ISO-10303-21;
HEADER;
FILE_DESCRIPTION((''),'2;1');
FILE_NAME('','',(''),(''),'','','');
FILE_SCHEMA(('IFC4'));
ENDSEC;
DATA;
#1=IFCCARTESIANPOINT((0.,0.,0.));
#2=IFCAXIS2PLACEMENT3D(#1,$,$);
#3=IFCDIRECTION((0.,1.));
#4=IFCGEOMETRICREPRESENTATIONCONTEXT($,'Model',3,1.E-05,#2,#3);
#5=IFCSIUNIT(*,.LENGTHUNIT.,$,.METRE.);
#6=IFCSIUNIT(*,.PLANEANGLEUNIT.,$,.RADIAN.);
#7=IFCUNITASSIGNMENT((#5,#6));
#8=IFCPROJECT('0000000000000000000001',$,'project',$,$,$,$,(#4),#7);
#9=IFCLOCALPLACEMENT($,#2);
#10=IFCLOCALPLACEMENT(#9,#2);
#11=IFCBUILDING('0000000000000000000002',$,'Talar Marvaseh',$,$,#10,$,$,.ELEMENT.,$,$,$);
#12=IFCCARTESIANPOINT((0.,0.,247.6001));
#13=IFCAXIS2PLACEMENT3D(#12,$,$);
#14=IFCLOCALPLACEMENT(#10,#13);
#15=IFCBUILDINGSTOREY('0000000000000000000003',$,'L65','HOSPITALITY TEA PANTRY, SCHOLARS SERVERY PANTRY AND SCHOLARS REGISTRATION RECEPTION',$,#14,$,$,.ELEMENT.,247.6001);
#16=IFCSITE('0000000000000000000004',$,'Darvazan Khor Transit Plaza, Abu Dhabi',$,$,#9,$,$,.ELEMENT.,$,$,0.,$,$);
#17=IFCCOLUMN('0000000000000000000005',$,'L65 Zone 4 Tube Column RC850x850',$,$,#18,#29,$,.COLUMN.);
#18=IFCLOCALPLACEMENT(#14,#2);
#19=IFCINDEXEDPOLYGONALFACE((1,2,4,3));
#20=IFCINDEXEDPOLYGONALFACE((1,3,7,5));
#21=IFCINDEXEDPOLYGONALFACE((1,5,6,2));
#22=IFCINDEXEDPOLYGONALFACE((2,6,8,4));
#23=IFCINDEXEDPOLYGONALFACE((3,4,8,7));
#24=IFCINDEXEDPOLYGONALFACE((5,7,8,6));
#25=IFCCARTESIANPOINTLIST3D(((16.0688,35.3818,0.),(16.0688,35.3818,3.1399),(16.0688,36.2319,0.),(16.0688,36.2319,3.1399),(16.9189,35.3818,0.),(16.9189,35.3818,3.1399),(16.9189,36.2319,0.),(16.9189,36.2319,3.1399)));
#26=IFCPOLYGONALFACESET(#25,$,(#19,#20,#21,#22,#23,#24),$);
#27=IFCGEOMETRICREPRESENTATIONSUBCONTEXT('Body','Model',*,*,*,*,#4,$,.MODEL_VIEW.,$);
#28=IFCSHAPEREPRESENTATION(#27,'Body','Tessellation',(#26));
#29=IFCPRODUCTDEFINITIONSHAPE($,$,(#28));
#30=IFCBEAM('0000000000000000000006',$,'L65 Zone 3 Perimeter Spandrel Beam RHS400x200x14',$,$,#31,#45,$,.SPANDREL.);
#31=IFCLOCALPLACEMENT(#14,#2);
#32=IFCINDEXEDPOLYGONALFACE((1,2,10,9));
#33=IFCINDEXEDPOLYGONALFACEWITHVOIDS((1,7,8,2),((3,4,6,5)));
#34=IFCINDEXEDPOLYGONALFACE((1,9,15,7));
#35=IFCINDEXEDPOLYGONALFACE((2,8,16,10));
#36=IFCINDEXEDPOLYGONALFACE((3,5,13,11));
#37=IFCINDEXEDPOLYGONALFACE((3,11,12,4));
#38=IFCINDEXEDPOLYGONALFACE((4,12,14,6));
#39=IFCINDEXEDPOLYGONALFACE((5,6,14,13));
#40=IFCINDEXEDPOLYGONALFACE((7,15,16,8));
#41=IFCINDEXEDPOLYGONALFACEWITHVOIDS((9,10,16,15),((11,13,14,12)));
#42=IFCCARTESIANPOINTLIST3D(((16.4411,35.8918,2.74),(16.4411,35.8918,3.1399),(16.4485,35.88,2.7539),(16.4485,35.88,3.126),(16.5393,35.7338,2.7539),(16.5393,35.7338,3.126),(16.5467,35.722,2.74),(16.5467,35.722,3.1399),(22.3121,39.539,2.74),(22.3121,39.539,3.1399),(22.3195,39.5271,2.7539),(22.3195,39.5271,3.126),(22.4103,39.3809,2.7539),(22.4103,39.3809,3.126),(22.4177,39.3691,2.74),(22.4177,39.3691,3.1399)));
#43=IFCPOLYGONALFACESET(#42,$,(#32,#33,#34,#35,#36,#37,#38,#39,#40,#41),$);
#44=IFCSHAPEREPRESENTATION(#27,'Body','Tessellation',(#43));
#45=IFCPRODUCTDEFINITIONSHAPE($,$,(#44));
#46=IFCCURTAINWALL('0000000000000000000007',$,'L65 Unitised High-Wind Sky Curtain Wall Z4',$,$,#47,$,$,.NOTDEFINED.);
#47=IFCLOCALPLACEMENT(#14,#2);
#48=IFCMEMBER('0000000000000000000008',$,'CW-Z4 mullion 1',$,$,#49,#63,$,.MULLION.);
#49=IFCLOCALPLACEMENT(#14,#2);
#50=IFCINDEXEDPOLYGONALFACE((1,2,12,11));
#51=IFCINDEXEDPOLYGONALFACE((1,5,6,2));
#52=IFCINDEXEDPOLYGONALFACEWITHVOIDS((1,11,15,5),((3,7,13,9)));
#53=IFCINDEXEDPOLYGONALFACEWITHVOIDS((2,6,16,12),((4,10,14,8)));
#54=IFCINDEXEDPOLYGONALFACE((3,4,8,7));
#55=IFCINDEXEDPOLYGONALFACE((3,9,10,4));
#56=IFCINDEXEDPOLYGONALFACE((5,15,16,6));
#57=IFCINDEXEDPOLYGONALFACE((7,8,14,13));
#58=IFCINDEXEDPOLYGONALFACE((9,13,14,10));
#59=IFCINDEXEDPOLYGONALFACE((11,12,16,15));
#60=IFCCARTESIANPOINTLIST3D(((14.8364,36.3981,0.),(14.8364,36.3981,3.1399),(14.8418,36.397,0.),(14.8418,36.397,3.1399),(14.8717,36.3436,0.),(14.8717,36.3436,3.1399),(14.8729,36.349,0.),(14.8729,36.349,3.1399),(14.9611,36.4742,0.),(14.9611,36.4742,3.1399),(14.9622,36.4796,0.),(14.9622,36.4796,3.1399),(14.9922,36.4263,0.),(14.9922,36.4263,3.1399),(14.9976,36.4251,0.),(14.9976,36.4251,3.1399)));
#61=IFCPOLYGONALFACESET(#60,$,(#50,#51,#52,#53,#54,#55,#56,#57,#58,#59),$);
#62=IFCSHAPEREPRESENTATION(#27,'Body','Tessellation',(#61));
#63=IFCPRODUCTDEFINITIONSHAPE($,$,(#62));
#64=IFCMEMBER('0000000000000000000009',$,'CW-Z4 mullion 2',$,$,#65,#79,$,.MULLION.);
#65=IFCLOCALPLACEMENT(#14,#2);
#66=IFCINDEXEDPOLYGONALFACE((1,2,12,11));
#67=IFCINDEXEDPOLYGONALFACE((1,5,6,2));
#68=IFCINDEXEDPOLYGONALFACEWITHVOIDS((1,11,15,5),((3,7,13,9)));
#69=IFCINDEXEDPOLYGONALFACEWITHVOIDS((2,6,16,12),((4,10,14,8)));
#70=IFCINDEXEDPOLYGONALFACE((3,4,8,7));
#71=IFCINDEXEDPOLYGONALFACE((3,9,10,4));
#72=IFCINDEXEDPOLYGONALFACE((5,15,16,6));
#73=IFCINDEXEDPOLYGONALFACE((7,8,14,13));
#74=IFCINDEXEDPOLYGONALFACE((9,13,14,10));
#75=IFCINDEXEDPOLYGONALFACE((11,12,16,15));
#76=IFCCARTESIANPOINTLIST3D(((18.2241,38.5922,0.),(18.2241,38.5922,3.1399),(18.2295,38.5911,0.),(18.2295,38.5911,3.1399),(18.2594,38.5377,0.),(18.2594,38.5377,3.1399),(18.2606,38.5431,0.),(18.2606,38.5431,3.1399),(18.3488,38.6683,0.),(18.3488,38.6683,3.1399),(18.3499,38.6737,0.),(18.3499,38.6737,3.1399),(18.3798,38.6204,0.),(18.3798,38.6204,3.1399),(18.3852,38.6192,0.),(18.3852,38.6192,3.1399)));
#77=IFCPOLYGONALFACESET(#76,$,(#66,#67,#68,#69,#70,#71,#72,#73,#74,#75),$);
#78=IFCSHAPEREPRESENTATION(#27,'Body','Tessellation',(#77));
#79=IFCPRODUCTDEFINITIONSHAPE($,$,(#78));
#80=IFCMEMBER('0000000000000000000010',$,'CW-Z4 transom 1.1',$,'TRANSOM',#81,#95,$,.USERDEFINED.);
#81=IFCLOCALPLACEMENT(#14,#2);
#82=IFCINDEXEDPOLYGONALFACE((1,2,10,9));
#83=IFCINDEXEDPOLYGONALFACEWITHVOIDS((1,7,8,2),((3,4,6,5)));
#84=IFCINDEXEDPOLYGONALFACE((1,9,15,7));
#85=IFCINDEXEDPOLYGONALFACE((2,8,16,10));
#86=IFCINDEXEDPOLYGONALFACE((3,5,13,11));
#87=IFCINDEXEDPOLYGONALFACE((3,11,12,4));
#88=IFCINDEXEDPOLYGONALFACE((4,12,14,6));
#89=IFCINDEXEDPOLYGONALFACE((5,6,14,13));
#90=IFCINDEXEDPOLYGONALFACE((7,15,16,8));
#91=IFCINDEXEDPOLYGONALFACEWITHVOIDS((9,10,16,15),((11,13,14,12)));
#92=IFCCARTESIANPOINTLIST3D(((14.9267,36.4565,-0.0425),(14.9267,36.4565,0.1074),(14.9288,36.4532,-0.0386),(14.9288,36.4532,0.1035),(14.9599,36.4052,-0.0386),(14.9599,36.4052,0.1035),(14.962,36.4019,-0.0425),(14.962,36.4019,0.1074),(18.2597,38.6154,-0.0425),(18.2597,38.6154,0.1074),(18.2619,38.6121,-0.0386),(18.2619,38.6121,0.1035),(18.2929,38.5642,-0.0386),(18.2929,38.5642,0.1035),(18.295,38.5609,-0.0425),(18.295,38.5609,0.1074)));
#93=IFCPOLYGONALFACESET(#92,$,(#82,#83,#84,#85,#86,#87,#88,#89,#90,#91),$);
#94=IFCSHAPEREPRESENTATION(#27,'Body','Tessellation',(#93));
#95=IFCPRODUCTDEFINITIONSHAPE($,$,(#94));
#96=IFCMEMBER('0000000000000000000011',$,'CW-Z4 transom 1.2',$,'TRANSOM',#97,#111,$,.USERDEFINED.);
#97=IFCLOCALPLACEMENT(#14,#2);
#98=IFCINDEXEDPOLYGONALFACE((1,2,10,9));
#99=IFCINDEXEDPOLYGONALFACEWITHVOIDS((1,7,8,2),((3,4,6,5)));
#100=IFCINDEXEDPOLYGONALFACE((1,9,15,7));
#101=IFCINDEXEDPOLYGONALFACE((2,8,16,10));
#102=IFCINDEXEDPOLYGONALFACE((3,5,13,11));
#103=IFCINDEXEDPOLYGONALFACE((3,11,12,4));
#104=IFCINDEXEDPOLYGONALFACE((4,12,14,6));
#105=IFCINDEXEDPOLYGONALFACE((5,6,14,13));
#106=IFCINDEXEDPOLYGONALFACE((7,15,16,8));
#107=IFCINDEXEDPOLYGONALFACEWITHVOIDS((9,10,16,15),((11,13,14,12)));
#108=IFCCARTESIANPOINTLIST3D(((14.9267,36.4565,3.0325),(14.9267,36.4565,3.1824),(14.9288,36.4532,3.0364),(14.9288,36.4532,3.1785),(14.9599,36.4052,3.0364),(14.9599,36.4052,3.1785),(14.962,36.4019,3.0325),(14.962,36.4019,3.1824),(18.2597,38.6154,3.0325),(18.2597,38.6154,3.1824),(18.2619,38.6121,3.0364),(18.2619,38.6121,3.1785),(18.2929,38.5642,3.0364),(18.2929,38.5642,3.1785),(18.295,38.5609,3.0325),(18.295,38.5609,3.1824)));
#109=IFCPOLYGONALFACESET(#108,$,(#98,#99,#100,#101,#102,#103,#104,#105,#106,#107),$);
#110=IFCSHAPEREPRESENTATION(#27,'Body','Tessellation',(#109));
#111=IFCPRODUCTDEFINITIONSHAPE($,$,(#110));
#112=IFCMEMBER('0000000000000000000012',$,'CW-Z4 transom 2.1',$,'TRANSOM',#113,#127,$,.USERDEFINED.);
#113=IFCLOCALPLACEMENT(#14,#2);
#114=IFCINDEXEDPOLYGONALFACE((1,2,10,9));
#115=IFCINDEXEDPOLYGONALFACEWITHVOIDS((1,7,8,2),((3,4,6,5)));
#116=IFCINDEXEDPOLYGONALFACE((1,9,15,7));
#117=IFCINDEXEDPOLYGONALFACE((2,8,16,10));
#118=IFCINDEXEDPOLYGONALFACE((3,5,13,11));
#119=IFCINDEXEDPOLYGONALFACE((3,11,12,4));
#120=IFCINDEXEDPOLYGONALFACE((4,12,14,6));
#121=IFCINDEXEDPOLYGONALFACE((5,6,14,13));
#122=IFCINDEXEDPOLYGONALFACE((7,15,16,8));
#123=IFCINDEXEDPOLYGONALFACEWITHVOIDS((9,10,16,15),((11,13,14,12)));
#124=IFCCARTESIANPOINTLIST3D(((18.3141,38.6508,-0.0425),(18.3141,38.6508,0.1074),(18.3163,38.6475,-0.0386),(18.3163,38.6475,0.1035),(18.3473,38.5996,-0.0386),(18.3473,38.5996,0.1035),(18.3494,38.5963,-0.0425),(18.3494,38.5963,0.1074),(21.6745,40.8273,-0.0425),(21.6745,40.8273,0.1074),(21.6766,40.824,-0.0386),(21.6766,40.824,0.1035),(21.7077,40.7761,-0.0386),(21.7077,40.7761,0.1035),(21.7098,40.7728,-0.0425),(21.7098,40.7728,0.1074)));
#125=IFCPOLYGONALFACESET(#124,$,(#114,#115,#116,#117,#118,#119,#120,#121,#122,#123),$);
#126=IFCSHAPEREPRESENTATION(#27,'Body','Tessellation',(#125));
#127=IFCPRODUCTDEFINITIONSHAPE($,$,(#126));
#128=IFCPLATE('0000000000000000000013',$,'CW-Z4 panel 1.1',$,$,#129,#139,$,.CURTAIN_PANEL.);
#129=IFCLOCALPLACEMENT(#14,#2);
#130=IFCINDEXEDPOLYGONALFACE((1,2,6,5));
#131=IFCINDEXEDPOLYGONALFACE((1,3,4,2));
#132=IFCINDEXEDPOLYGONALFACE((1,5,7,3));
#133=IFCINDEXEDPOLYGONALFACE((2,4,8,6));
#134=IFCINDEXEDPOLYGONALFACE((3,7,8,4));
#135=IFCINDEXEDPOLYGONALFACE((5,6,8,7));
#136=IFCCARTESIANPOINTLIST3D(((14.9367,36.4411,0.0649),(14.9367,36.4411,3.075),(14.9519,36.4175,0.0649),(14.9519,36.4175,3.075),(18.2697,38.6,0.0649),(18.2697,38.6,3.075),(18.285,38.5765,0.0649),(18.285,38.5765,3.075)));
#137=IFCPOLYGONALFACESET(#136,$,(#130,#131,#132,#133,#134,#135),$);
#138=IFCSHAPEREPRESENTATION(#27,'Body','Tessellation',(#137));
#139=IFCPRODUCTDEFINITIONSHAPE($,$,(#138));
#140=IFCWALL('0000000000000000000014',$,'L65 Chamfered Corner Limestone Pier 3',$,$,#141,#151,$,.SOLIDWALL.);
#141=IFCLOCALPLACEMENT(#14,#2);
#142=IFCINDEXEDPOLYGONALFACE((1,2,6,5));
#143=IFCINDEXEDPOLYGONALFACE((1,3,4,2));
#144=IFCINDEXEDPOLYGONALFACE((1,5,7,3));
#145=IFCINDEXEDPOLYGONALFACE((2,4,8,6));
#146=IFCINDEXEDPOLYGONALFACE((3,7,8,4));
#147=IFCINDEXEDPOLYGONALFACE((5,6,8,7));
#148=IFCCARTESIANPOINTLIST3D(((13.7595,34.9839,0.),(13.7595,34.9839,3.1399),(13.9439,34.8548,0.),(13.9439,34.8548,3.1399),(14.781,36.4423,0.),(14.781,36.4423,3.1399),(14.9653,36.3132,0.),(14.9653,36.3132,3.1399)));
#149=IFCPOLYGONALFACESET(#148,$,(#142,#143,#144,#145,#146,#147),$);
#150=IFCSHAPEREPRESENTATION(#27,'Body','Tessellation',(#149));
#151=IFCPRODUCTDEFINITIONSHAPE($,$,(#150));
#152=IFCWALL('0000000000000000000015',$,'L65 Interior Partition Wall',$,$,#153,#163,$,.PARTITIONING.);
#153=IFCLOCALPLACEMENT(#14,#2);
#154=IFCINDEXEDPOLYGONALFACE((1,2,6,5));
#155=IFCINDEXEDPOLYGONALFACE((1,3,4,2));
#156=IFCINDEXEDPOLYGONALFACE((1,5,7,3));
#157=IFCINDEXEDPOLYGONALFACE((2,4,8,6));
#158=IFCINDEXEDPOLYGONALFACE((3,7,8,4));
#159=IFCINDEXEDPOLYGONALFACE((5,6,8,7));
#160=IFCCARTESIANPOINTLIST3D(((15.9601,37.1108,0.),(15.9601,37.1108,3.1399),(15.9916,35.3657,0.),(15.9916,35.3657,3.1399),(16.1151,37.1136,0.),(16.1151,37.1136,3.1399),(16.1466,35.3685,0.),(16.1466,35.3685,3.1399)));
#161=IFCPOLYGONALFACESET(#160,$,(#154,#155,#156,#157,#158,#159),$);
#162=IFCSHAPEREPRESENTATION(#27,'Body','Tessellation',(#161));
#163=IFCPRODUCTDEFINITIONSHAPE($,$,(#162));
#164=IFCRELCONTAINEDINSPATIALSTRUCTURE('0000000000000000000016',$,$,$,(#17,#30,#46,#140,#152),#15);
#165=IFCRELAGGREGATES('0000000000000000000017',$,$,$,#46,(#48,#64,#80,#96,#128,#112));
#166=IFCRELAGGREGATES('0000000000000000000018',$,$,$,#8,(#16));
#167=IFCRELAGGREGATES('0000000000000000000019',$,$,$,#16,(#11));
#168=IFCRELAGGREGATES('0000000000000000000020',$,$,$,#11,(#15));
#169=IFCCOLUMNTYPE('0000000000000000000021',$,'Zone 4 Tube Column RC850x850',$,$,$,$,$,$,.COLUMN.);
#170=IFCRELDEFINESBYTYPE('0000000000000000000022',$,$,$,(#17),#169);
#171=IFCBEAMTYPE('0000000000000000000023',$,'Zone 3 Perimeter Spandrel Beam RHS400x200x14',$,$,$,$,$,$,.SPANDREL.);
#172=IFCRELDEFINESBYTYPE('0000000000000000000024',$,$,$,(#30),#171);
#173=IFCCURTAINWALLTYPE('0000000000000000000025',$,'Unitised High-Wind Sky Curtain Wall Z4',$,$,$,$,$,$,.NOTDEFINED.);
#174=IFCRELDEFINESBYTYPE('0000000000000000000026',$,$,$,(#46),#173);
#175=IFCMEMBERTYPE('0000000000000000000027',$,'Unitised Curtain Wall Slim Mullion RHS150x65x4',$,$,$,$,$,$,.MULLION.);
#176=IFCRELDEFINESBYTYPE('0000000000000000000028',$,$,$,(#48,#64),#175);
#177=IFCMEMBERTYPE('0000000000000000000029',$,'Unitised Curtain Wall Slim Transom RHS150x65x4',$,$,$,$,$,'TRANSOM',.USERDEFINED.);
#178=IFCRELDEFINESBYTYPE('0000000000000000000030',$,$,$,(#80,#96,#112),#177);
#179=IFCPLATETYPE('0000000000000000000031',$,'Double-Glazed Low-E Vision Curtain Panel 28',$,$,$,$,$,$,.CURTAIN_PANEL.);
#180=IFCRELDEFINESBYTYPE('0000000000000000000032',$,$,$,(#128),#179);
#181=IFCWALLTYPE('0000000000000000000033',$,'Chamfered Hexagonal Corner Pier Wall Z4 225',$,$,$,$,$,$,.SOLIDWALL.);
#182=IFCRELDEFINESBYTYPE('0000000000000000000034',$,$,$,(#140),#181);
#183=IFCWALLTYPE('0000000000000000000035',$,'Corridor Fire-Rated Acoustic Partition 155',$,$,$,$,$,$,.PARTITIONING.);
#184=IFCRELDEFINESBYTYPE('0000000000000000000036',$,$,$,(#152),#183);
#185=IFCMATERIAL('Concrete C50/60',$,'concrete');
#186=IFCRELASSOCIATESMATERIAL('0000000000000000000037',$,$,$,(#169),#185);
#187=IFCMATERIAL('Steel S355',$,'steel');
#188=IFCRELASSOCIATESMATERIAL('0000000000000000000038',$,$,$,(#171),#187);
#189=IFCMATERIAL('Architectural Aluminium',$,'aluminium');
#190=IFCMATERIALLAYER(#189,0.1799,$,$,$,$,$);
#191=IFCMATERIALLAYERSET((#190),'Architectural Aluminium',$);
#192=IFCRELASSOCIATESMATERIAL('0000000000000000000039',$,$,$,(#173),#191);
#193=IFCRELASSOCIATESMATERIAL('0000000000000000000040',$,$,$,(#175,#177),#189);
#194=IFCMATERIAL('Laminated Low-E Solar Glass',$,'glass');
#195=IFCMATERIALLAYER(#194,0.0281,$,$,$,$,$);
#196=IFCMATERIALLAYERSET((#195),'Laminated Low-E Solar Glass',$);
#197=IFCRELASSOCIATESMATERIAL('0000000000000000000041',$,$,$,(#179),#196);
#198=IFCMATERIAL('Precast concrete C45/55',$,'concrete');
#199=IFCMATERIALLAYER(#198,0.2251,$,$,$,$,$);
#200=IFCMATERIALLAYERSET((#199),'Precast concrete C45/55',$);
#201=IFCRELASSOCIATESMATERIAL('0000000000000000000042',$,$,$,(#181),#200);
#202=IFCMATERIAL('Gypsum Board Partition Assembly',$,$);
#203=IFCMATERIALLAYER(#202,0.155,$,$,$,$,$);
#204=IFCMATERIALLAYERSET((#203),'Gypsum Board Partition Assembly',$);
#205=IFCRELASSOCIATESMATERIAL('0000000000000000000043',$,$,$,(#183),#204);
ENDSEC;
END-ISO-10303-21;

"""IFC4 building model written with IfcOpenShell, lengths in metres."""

from ifc_helpers import new_model, si_unit, direction, frame, frame_2d, origin, origin_2d, place, context, subcontext, project, spatial, rectangle, hollow_rectangle, extrude, source, transform, mapped, material, layer, layer_set, material_profile, profile_set, type_object, type_shapes, element, aggregate, save


model = new_model("IFC4")

# Units and contexts
model_context = context("Model", 3, precision=1e-05, world=origin(), true_north=direction((0.0, 1.0)))
body_context = subcontext(model_context, "Body", "Model", "MODEL_VIEW")
ifc_project = project(units=[si_unit("LENGTHUNIT", "METRE"), si_unit("PLANEANGLEUNIT", "RADIAN")], contexts=[model_context])

# Site, building, storey
site_placement = place(None, origin())
site = spatial("IfcSite", under=ifc_project, at=site_placement, Name="Darvazan Khor Transit Plaza, Abu Dhabi", CompositionType="ELEMENT", RefElevation=0.0)
building_placement = place(site_placement, origin())
building = spatial("IfcBuilding", under=site, at=building_placement, Name="Talar Marvaseh", CompositionType="ELEMENT")
storey_placement = place(building_placement, frame((0.0, 0.0, 247.6001)))
storey = spatial("IfcBuildingStorey", under=building, at=storey_placement, Name="L65", Description="HOSPITALITY TEA PANTRY, SCHOLARS SERVERY PANTRY AND SCHOLARS REGISTRATION RECEPTION", CompositionType="ELEMENT", Elevation=247.6001)

# Column
ifc_material_1 = material(Name="Concrete C50/60", Category="concrete")
ifc_material_profile_1 = material_profile(ifc_material_1, rectangle(XDim=0.8501, YDim=0.8501, at=origin_2d()), Name="RC850x850")
ifc_profile_set_1 = profile_set([ifc_material_profile_1], Name="Concrete C50/60")
column_type = type_object("IfcColumnType", Name="Zone 4 Tube Column RC850x850", PredefinedType="COLUMN", material=ifc_profile_set_1)
column_placement = place(storey_placement, frame((16.4939, 35.8069, 0.0), z_axis=(0.0, 0.0, 1.0), x_axis=(1.0, 0.0, 0.0)))
element("IfcColumn", 1, at=column_placement, inside=storey, type_object=column_type, Name="L65 Zone 4 Tube Column RC850x850", PredefinedType="COLUMN", context=body_context, shape_type="SweptSolid", body=[
    extrude(rectangle(XDim=0.8501, YDim=0.8501, at=origin_2d()), origin(), (0.0, 0.0, 1.0), 3.1399),
])

# Beam
ifc_material_2 = material(Name="Steel S355", Category="steel")
ifc_material_profile_2 = material_profile(ifc_material_2, hollow_rectangle(XDim=0.2, YDim=0.3999, WallThickness=0.0139, at=origin_2d()), Name="RHS400x200x14")
ifc_profile_set_2 = profile_set([ifc_material_profile_2], Name="Steel S355")
beam_type = type_object("IfcBeamType", Name="Zone 3 Perimeter Spandrel Beam RHS400x200x14", PredefinedType="SPANDREL", material=ifc_profile_set_2)
beam_placement = place(storey_placement, frame((16.4939, 35.8069, 2.9399), z_axis=(0.84944, 0.527686, 0.0), x_axis=(-0.527686, 0.84944, 0.0)))
element("IfcBeam", 2, at=beam_placement, inside=storey, type_object=beam_type, Name="L65 Zone 3 Perimeter Spandrel Beam RHS400x200x14", PredefinedType="SPANDREL", context=body_context, shape_type="SweptSolid", body=[
    extrude(hollow_rectangle(XDim=0.2, YDim=0.3999, WallThickness=0.0139, at=origin_2d()), origin(), (0.0, 0.0, 1.0), 6.9116),
])

# Curtain wall, members, plate
ifc_material_3 = material(Name="Architectural Aluminium", Category="aluminium")
ifc_layer_1 = layer(ifc_material_3, 0.1799)
ifc_layer_set_1 = layer_set([ifc_layer_1], Name="Architectural Aluminium")
curtain_wall_type = type_object("IfcCurtainWallType", Name="Unitised High-Wind Sky Curtain Wall Z4", PredefinedType="NOTDEFINED", material=ifc_layer_set_1)
curtain_wall_placement = place(storey_placement, origin())
curtain_wall = element("IfcCurtainWall", 3, at=curtain_wall_placement, inside=storey, type_object=curtain_wall_type, Name="L65 Unitised High-Wind Sky Curtain Wall Z4", PredefinedType="NOTDEFINED")
ifc_material_profile_3 = material_profile(ifc_material_3, hollow_rectangle(XDim=0.0649, YDim=0.1499, WallThickness=0.0039, at=origin_2d()), Name="RHS150x65x4")
ifc_profile_set_3 = profile_set([ifc_material_profile_3], Name="Architectural Aluminium")
member_type_1 = type_object("IfcMemberType", Name="Unitised Curtain Wall Slim Mullion RHS150x65x4", PredefinedType="MULLION", material=ifc_profile_set_3)
shared_shape_1 = source(origin(), body_context, "Body", "SweptSolid", [
    extrude(hollow_rectangle(XDim=0.0649, YDim=0.1499, WallThickness=0.0039, at=origin_2d()), origin(), (0.0, 0.0, 1.0), 3.1399),
])
type_shapes(member_type_1, [shared_shape_1])
member_1_placement = place(storey_placement, frame((14.917, 36.4116, 0.0), z_axis=(0.0, 0.0, 1.0), x_axis=(-0.543646, 0.839314, 0.0)))
member_1 = element("IfcMember", 4, at=member_1_placement, type_object=member_type_1, Name="CW-Z4 mullion 1", PredefinedType="MULLION", context=body_context, shape_type="MappedRepresentation", body=[
    mapped(shared_shape_1, transform((0.0, 0.0, 0.0), x_axis=(1.0, 0.0, 0.0), y_axis=(0.0, 1.0, 0.0), z_axis=(0.0, 0.0, 1.0), scale=1.0)),
])
member_2_placement = place(storey_placement, frame((18.3047, 38.6057, 0.0), z_axis=(0.0, 0.0, 1.0), x_axis=(-0.543646, 0.839314, 0.0)))
member_2 = element("IfcMember", 5, at=member_2_placement, type_object=member_type_1, Name="CW-Z4 mullion 2", PredefinedType="MULLION", context=body_context, shape_type="MappedRepresentation", body=[
    mapped(shared_shape_1, transform((0.0, 0.0, 0.0), x_axis=(1.0, 0.0, 0.0), y_axis=(0.0, 1.0, 0.0), z_axis=(0.0, 0.0, 1.0), scale=1.0)),
])
ifc_material_profile_4 = material_profile(ifc_material_3, hollow_rectangle(XDim=0.0649, YDim=0.1499, WallThickness=0.0039, at=origin_2d()), Name="RHS150x65x4")
ifc_profile_set_4 = profile_set([ifc_material_profile_4], Name="Architectural Aluminium")
member_type_2 = type_object("IfcMemberType", Name="Unitised Curtain Wall Slim Transom RHS150x65x4", ElementType="TRANSOM", PredefinedType="USERDEFINED", material=ifc_profile_set_4)
shared_shape_2 = source(origin(), body_context, "Body", "SweptSolid", [
    extrude(hollow_rectangle(XDim=0.0649, YDim=0.1499, WallThickness=0.0039, at=origin_2d()), origin(), (0.0, 0.0, 1.0), 3.9712),
])
member_3_placement = place(storey_placement, frame((14.9443, 36.4292, 0.0325), z_axis=(0.839308, 0.543657, 0.0), x_axis=(-0.543657, 0.839308, 0.0)))
member_3 = element("IfcMember", 6, at=member_3_placement, type_object=member_type_2, Name="CW-Z4 transom 1.1", ObjectType="TRANSOM", PredefinedType="USERDEFINED", context=body_context, shape_type="MappedRepresentation", body=[
    mapped(shared_shape_2, transform((0.0, 0.0, 0.0), x_axis=(1.0, 0.0, 0.0), y_axis=(0.0, 1.0, 0.0), z_axis=(0.0, 0.0, 1.0), scale=1.0)),
])
member_4_placement = place(storey_placement, frame((14.9443, 36.4292, 3.1074), z_axis=(0.839308, 0.543657, 0.0), x_axis=(-0.543657, 0.839308, 0.0)))
member_4 = element("IfcMember", 7, at=member_4_placement, type_object=member_type_2, Name="CW-Z4 transom 1.2", ObjectType="TRANSOM", PredefinedType="USERDEFINED", context=body_context, shape_type="MappedRepresentation", body=[
    mapped(shared_shape_2, transform((0.0, 0.0, 0.0), x_axis=(1.0, 0.0, 0.0), y_axis=(0.0, 1.0, 0.0), z_axis=(0.0, 0.0, 1.0), scale=1.0)),
])
shared_shape_3 = source(origin(), body_context, "Body", "SweptSolid", [
    extrude(hollow_rectangle(XDim=0.0649, YDim=0.1499, WallThickness=0.0039, at=origin_2d()), origin(), (0.0, 0.0, 1.0), 4.0037),
])
type_shapes(member_type_2, [shared_shape_2, shared_shape_3])
member_5_placement = place(storey_placement, frame((18.3318, 38.6235, 0.0325), z_axis=(0.839323, 0.543633, 0.0), x_axis=(-0.543633, 0.839323, 0.0)))
member_5 = element("IfcMember", 8, at=member_5_placement, type_object=member_type_2, Name="CW-Z4 transom 2.1", ObjectType="TRANSOM", PredefinedType="USERDEFINED", context=body_context, shape_type="MappedRepresentation", body=[
    mapped(shared_shape_3, transform((0.0, 0.0, 0.0), x_axis=(1.0, 0.0, 0.0), y_axis=(0.0, 1.0, 0.0), z_axis=(0.0, 0.0, 1.0), scale=1.0)),
])
ifc_material_4 = material(Name="Laminated Low-E Solar Glass", Category="glass")
ifc_layer_2 = layer(ifc_material_4, 0.0281)
ifc_layer_set_2 = layer_set([ifc_layer_2], Name="Laminated Low-E Solar Glass")
plate_type = type_object("IfcPlateType", Name="Double-Glazed Low-E Vision Curtain Panel 28", PredefinedType="CURTAIN_PANEL", material=ifc_layer_set_2)
shared_shape_4 = source(origin(), body_context, "Body", "SweptSolid", [
    extrude(rectangle(XDim=3.9712, YDim=0.0281, at=origin_2d()), origin(), (0.0, 0.0, 1.0), 3.01),
])
type_shapes(plate_type, [shared_shape_4])
plate_placement = place(storey_placement, frame((16.6108, 37.5088, 0.0649), z_axis=(0.0, 0.0, 1.0), x_axis=(0.839314, 0.543646, 0.0)))
plate = element("IfcPlate", 9, at=plate_placement, type_object=plate_type, Name="CW-Z4 panel 1.1", PredefinedType="CURTAIN_PANEL", context=body_context, shape_type="MappedRepresentation", body=[
    mapped(shared_shape_4, transform((0.0, 0.0, 0.0), x_axis=(1.0, 0.0, 0.0), y_axis=(0.0, 1.0, 0.0), z_axis=(0.0, 0.0, 1.0), scale=1.0)),
])
aggregate(curtain_wall, [member_1, member_2, member_3, member_4, plate, member_5])

# Wall
ifc_material_5 = material(Name="Precast concrete C45/55", Category="concrete")
ifc_layer_3 = layer(ifc_material_5, 0.2251)
ifc_layer_set_3 = layer_set([ifc_layer_3], Name="Precast concrete C45/55")
wall_type_1 = type_object("IfcWallType", Name="Chamfered Hexagonal Corner Pier Wall Z4 225", PredefinedType="SOLIDWALL", material=ifc_layer_set_3)
wall_1_placement = place(storey_placement, frame((13.8518, 34.9194, 0.0), z_axis=(0.0, 0.0, 1.0), x_axis=(0.573665, 0.81909, 0.0)))
element("IfcWall", 10, at=wall_1_placement, inside=storey, type_object=wall_type_1, Name="L65 Chamfered Corner Limestone Pier 3", PredefinedType="SOLIDWALL", context=body_context, shape_type="SweptSolid", body=[
    extrude(rectangle(XDim=1.7805, YDim=0.2251, at=frame_2d((0.8901, 0.0))), origin(), (0.0, 0.0, 1.0), 3.1399),
])

# Shared definitions
ifc_material_6 = material(Name="Gypsum Board Partition Assembly")
ifc_layer_4 = layer(ifc_material_6, 0.155)
ifc_layer_set_4 = layer_set([ifc_layer_4], Name="Gypsum Board Partition Assembly")
wall_type_2 = type_object("IfcWallType", Name="Corridor Fire-Rated Acoustic Partition 155", PredefinedType="PARTITIONING", material=ifc_layer_set_4)

# Wall
wall_2_placement = place(storey_placement, frame((16.0376, 37.1121, 0.0), z_axis=(0.0, 0.0, 1.0), x_axis=(0.018044, -0.999837, 0.0)))
element("IfcWall", 11, at=wall_2_placement, inside=storey, type_object=wall_type_2, Name="L65 Interior Partition Wall", PredefinedType="PARTITIONING", context=body_context, shape_type="SweptSolid", body=[
    extrude(rectangle(XDim=1.7454, YDim=0.155, at=frame_2d((0.8726, 0.0))), origin(), (0.0, 0.0, 1.0), 3.1399),
])

save(model, "model.ifc")
